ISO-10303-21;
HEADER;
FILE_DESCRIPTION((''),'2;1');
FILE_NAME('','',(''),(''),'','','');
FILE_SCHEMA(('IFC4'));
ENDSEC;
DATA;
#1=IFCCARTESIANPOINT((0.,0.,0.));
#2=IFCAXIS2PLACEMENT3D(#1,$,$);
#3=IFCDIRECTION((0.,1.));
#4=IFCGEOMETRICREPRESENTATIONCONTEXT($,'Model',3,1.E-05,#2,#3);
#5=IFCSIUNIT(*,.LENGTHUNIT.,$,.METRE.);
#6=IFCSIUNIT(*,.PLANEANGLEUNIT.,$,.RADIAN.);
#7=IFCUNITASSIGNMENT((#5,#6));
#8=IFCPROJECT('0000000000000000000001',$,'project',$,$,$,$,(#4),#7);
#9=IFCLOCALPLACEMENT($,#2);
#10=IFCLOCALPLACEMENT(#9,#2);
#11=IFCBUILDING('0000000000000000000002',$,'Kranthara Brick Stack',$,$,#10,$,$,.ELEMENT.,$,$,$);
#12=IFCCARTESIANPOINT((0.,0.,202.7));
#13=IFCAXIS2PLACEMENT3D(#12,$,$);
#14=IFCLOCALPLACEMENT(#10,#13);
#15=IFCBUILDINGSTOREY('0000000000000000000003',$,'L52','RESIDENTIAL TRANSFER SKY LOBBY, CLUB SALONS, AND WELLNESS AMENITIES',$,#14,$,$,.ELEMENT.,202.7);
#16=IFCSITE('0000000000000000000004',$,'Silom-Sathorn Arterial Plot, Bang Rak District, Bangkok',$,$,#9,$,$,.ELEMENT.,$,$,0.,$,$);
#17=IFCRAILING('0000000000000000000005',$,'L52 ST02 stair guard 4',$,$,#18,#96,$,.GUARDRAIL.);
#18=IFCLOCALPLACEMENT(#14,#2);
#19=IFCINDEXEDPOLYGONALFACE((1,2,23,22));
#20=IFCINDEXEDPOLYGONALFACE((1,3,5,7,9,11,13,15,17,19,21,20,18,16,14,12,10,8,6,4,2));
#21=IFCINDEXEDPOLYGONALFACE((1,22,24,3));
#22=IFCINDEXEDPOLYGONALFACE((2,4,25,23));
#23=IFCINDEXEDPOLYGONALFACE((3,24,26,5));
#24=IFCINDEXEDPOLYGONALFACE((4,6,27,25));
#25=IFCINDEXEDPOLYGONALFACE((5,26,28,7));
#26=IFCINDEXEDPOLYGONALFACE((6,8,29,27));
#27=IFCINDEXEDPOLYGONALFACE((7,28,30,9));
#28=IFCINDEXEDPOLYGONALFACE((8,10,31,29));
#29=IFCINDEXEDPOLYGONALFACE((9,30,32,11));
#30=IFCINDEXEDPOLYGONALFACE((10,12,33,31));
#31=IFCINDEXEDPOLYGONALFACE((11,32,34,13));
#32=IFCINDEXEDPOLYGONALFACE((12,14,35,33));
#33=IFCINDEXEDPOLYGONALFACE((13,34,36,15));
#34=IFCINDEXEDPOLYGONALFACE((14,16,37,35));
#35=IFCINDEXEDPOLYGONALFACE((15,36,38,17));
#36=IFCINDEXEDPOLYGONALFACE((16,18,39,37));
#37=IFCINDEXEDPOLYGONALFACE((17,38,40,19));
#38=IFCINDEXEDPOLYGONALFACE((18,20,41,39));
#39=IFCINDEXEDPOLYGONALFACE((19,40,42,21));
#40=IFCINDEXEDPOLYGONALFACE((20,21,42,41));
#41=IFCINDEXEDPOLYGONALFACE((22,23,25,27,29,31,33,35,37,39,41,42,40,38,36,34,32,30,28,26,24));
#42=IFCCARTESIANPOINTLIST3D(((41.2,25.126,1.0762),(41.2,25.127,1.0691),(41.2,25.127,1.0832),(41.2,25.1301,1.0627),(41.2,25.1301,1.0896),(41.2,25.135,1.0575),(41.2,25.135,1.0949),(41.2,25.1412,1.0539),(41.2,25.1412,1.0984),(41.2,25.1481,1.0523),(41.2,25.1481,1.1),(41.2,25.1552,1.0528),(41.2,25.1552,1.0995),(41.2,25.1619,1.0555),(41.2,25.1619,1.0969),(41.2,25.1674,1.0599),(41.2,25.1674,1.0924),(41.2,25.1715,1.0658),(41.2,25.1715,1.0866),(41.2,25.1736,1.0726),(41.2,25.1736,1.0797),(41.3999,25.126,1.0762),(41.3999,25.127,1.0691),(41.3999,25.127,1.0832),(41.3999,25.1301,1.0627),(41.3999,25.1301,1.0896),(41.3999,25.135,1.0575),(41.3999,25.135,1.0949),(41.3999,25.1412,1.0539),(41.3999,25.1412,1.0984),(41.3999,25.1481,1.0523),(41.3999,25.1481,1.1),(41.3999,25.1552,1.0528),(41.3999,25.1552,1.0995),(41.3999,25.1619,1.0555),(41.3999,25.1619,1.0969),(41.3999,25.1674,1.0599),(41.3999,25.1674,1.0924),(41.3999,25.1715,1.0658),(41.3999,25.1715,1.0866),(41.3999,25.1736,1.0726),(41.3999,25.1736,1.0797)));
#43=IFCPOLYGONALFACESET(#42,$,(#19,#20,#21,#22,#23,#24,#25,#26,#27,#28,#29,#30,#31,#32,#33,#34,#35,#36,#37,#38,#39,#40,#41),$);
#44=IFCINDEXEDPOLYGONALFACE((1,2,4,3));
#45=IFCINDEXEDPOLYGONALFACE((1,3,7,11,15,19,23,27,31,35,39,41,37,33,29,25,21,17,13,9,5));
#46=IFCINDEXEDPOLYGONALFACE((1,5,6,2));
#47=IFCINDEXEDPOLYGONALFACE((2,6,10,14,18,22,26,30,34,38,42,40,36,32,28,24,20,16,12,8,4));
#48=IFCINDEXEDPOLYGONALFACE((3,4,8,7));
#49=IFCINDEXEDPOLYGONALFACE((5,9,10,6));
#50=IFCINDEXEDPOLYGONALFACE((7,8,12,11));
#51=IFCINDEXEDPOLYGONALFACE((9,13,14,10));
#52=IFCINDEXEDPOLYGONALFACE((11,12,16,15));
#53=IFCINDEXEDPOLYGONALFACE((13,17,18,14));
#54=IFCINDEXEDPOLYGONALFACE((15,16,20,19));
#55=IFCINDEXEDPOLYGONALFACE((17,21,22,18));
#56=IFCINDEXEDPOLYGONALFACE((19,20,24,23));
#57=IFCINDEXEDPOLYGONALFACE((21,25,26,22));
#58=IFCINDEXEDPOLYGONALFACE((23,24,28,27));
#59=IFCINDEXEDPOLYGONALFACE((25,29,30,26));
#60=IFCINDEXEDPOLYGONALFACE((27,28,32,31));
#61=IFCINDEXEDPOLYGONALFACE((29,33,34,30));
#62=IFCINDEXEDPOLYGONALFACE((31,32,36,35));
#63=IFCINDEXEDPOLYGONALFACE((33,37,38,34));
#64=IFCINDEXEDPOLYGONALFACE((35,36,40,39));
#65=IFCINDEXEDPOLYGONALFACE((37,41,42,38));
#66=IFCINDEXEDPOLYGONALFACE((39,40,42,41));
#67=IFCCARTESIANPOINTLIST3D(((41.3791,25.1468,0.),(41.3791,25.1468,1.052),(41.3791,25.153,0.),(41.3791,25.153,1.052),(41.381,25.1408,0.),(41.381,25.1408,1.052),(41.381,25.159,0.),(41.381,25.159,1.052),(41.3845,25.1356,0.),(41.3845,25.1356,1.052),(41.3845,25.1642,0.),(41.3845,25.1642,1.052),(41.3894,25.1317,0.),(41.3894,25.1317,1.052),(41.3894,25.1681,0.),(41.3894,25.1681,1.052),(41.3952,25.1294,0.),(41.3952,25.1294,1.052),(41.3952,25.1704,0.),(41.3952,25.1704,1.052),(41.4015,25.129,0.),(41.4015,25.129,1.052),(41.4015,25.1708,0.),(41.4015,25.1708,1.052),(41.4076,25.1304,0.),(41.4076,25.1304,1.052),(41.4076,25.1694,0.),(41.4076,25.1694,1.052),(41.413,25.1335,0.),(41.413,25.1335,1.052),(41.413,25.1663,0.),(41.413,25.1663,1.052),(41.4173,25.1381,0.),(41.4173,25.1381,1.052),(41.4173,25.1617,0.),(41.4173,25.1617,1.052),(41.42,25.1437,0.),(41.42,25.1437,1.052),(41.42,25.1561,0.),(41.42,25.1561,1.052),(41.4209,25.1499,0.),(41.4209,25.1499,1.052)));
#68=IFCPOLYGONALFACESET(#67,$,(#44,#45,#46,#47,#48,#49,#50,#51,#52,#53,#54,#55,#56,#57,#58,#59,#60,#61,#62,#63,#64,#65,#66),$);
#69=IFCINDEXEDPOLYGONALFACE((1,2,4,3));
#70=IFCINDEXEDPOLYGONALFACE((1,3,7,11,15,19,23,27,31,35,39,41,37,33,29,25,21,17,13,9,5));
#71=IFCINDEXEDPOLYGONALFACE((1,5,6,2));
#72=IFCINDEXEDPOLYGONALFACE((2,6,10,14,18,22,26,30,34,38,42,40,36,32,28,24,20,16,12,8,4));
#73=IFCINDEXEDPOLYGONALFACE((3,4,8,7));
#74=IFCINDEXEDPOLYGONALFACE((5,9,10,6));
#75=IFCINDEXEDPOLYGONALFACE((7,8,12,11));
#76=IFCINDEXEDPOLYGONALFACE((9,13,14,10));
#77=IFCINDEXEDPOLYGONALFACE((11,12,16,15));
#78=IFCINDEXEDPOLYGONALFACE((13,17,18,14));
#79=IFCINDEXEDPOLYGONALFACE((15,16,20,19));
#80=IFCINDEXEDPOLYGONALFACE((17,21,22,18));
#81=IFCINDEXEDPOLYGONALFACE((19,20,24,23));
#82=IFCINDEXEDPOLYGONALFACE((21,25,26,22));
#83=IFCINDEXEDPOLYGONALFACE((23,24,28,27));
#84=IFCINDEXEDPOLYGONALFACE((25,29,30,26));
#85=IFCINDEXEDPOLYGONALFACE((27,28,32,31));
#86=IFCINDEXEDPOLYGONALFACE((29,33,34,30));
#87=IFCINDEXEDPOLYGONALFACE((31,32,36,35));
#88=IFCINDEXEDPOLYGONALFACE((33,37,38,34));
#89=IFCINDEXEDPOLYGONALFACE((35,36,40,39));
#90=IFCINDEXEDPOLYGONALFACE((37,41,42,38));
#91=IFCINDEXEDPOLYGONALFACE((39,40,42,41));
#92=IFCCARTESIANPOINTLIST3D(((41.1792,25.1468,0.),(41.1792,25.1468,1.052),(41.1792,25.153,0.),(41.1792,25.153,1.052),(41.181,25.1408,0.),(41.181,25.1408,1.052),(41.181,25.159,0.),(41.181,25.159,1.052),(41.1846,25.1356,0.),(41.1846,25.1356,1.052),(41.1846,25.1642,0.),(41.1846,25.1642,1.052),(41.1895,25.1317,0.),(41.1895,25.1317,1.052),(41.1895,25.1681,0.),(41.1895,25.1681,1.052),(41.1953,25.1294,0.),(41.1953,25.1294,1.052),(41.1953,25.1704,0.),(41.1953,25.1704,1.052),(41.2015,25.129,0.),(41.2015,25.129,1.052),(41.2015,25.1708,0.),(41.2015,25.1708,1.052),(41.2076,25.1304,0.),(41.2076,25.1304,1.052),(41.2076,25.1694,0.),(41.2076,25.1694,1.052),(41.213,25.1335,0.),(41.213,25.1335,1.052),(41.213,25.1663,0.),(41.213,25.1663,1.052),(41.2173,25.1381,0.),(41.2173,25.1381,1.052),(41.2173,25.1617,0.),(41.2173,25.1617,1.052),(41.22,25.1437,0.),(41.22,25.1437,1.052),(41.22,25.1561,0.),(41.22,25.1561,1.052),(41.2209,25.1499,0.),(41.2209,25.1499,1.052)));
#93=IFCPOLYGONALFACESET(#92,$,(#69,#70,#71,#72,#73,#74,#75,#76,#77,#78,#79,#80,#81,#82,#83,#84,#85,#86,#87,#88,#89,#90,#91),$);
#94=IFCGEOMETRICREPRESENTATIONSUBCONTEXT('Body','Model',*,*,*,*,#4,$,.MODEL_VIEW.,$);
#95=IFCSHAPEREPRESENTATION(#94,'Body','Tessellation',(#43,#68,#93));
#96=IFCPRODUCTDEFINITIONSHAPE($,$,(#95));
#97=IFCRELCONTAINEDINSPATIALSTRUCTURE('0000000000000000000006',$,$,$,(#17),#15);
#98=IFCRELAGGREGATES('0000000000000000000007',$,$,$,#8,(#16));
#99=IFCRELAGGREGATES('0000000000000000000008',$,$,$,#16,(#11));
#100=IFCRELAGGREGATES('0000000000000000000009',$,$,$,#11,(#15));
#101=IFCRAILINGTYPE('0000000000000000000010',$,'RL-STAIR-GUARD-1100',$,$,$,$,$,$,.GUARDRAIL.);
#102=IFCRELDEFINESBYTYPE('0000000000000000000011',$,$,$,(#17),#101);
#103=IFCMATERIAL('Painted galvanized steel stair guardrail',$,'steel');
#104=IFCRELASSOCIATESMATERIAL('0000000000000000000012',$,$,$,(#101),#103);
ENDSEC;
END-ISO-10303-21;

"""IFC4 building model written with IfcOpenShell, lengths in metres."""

from ifc_helpers import new_model, si_unit, direction, frame, origin, origin_2d, place, context, subcontext, project, spatial, circle, extrude, material, type_object, element, save


model = new_model("IFC4")

# Units and contexts
model_context = context("Model", 3, precision=1e-05, world=origin(), true_north=direction((0.0, 1.0)))
body_context = subcontext(model_context, "Body", "Model", "MODEL_VIEW")
ifc_project = project(units=[si_unit("LENGTHUNIT", "METRE"), si_unit("PLANEANGLEUNIT", "RADIAN")], contexts=[model_context])

# Site, building, storey
site_placement = place(None, origin())
site = spatial("IfcSite", under=ifc_project, at=site_placement, Name="Silom-Sathorn Arterial Plot, Bang Rak District, Bangkok", CompositionType="ELEMENT", RefElevation=0.0)
building_placement = place(site_placement, origin())
building = spatial("IfcBuilding", under=site, at=building_placement, Name="Kranthara Brick Stack", CompositionType="ELEMENT")
storey_placement = place(building_placement, frame((0.0, 0.0, 202.7)))
storey = spatial("IfcBuildingStorey", under=building, at=storey_placement, Name="L52", Description="RESIDENTIAL TRANSFER SKY LOBBY, CLUB SALONS, AND WELLNESS AMENITIES", CompositionType="ELEMENT", Elevation=202.7)

# Railing
ifc_material_1 = material(Name="Painted galvanized steel stair guardrail", Category="steel")
railing_type_1 = type_object("IfcRailingType", Name="RL-STAIR-GUARD-1100", PredefinedType="GUARDRAIL", material=ifc_material_1)
railing_1_placement = place(storey_placement, frame((41.3999, 25.1499, 0.0)))
element("IfcRailing", 1, at=railing_1_placement, inside=storey, type_object=railing_type_1, Name="L52 ST02 stair guard 4", PredefinedType="GUARDRAIL", context=body_context, shape_type="SweptSolid", body=[
    extrude(circle(Radius=0.0239, at=origin_2d()), frame((0.0, 0.0, 1.0762), z_axis=(-1.0, 0.0, 0.0), x_axis=(0.0, -1.0, 0.0)), (0.0, 0.0, 1.0), 0.2),
    extrude(circle(Radius=0.021, at=origin_2d()), origin(), (0.0, 0.0, 1.0), 1.052),
    extrude(circle(Radius=0.021, at=origin_2d()), frame((-0.2, 0.0, 0.0)), (0.0, 0.0, 1.0), 1.052),
])

save(model, "model.ifc")
